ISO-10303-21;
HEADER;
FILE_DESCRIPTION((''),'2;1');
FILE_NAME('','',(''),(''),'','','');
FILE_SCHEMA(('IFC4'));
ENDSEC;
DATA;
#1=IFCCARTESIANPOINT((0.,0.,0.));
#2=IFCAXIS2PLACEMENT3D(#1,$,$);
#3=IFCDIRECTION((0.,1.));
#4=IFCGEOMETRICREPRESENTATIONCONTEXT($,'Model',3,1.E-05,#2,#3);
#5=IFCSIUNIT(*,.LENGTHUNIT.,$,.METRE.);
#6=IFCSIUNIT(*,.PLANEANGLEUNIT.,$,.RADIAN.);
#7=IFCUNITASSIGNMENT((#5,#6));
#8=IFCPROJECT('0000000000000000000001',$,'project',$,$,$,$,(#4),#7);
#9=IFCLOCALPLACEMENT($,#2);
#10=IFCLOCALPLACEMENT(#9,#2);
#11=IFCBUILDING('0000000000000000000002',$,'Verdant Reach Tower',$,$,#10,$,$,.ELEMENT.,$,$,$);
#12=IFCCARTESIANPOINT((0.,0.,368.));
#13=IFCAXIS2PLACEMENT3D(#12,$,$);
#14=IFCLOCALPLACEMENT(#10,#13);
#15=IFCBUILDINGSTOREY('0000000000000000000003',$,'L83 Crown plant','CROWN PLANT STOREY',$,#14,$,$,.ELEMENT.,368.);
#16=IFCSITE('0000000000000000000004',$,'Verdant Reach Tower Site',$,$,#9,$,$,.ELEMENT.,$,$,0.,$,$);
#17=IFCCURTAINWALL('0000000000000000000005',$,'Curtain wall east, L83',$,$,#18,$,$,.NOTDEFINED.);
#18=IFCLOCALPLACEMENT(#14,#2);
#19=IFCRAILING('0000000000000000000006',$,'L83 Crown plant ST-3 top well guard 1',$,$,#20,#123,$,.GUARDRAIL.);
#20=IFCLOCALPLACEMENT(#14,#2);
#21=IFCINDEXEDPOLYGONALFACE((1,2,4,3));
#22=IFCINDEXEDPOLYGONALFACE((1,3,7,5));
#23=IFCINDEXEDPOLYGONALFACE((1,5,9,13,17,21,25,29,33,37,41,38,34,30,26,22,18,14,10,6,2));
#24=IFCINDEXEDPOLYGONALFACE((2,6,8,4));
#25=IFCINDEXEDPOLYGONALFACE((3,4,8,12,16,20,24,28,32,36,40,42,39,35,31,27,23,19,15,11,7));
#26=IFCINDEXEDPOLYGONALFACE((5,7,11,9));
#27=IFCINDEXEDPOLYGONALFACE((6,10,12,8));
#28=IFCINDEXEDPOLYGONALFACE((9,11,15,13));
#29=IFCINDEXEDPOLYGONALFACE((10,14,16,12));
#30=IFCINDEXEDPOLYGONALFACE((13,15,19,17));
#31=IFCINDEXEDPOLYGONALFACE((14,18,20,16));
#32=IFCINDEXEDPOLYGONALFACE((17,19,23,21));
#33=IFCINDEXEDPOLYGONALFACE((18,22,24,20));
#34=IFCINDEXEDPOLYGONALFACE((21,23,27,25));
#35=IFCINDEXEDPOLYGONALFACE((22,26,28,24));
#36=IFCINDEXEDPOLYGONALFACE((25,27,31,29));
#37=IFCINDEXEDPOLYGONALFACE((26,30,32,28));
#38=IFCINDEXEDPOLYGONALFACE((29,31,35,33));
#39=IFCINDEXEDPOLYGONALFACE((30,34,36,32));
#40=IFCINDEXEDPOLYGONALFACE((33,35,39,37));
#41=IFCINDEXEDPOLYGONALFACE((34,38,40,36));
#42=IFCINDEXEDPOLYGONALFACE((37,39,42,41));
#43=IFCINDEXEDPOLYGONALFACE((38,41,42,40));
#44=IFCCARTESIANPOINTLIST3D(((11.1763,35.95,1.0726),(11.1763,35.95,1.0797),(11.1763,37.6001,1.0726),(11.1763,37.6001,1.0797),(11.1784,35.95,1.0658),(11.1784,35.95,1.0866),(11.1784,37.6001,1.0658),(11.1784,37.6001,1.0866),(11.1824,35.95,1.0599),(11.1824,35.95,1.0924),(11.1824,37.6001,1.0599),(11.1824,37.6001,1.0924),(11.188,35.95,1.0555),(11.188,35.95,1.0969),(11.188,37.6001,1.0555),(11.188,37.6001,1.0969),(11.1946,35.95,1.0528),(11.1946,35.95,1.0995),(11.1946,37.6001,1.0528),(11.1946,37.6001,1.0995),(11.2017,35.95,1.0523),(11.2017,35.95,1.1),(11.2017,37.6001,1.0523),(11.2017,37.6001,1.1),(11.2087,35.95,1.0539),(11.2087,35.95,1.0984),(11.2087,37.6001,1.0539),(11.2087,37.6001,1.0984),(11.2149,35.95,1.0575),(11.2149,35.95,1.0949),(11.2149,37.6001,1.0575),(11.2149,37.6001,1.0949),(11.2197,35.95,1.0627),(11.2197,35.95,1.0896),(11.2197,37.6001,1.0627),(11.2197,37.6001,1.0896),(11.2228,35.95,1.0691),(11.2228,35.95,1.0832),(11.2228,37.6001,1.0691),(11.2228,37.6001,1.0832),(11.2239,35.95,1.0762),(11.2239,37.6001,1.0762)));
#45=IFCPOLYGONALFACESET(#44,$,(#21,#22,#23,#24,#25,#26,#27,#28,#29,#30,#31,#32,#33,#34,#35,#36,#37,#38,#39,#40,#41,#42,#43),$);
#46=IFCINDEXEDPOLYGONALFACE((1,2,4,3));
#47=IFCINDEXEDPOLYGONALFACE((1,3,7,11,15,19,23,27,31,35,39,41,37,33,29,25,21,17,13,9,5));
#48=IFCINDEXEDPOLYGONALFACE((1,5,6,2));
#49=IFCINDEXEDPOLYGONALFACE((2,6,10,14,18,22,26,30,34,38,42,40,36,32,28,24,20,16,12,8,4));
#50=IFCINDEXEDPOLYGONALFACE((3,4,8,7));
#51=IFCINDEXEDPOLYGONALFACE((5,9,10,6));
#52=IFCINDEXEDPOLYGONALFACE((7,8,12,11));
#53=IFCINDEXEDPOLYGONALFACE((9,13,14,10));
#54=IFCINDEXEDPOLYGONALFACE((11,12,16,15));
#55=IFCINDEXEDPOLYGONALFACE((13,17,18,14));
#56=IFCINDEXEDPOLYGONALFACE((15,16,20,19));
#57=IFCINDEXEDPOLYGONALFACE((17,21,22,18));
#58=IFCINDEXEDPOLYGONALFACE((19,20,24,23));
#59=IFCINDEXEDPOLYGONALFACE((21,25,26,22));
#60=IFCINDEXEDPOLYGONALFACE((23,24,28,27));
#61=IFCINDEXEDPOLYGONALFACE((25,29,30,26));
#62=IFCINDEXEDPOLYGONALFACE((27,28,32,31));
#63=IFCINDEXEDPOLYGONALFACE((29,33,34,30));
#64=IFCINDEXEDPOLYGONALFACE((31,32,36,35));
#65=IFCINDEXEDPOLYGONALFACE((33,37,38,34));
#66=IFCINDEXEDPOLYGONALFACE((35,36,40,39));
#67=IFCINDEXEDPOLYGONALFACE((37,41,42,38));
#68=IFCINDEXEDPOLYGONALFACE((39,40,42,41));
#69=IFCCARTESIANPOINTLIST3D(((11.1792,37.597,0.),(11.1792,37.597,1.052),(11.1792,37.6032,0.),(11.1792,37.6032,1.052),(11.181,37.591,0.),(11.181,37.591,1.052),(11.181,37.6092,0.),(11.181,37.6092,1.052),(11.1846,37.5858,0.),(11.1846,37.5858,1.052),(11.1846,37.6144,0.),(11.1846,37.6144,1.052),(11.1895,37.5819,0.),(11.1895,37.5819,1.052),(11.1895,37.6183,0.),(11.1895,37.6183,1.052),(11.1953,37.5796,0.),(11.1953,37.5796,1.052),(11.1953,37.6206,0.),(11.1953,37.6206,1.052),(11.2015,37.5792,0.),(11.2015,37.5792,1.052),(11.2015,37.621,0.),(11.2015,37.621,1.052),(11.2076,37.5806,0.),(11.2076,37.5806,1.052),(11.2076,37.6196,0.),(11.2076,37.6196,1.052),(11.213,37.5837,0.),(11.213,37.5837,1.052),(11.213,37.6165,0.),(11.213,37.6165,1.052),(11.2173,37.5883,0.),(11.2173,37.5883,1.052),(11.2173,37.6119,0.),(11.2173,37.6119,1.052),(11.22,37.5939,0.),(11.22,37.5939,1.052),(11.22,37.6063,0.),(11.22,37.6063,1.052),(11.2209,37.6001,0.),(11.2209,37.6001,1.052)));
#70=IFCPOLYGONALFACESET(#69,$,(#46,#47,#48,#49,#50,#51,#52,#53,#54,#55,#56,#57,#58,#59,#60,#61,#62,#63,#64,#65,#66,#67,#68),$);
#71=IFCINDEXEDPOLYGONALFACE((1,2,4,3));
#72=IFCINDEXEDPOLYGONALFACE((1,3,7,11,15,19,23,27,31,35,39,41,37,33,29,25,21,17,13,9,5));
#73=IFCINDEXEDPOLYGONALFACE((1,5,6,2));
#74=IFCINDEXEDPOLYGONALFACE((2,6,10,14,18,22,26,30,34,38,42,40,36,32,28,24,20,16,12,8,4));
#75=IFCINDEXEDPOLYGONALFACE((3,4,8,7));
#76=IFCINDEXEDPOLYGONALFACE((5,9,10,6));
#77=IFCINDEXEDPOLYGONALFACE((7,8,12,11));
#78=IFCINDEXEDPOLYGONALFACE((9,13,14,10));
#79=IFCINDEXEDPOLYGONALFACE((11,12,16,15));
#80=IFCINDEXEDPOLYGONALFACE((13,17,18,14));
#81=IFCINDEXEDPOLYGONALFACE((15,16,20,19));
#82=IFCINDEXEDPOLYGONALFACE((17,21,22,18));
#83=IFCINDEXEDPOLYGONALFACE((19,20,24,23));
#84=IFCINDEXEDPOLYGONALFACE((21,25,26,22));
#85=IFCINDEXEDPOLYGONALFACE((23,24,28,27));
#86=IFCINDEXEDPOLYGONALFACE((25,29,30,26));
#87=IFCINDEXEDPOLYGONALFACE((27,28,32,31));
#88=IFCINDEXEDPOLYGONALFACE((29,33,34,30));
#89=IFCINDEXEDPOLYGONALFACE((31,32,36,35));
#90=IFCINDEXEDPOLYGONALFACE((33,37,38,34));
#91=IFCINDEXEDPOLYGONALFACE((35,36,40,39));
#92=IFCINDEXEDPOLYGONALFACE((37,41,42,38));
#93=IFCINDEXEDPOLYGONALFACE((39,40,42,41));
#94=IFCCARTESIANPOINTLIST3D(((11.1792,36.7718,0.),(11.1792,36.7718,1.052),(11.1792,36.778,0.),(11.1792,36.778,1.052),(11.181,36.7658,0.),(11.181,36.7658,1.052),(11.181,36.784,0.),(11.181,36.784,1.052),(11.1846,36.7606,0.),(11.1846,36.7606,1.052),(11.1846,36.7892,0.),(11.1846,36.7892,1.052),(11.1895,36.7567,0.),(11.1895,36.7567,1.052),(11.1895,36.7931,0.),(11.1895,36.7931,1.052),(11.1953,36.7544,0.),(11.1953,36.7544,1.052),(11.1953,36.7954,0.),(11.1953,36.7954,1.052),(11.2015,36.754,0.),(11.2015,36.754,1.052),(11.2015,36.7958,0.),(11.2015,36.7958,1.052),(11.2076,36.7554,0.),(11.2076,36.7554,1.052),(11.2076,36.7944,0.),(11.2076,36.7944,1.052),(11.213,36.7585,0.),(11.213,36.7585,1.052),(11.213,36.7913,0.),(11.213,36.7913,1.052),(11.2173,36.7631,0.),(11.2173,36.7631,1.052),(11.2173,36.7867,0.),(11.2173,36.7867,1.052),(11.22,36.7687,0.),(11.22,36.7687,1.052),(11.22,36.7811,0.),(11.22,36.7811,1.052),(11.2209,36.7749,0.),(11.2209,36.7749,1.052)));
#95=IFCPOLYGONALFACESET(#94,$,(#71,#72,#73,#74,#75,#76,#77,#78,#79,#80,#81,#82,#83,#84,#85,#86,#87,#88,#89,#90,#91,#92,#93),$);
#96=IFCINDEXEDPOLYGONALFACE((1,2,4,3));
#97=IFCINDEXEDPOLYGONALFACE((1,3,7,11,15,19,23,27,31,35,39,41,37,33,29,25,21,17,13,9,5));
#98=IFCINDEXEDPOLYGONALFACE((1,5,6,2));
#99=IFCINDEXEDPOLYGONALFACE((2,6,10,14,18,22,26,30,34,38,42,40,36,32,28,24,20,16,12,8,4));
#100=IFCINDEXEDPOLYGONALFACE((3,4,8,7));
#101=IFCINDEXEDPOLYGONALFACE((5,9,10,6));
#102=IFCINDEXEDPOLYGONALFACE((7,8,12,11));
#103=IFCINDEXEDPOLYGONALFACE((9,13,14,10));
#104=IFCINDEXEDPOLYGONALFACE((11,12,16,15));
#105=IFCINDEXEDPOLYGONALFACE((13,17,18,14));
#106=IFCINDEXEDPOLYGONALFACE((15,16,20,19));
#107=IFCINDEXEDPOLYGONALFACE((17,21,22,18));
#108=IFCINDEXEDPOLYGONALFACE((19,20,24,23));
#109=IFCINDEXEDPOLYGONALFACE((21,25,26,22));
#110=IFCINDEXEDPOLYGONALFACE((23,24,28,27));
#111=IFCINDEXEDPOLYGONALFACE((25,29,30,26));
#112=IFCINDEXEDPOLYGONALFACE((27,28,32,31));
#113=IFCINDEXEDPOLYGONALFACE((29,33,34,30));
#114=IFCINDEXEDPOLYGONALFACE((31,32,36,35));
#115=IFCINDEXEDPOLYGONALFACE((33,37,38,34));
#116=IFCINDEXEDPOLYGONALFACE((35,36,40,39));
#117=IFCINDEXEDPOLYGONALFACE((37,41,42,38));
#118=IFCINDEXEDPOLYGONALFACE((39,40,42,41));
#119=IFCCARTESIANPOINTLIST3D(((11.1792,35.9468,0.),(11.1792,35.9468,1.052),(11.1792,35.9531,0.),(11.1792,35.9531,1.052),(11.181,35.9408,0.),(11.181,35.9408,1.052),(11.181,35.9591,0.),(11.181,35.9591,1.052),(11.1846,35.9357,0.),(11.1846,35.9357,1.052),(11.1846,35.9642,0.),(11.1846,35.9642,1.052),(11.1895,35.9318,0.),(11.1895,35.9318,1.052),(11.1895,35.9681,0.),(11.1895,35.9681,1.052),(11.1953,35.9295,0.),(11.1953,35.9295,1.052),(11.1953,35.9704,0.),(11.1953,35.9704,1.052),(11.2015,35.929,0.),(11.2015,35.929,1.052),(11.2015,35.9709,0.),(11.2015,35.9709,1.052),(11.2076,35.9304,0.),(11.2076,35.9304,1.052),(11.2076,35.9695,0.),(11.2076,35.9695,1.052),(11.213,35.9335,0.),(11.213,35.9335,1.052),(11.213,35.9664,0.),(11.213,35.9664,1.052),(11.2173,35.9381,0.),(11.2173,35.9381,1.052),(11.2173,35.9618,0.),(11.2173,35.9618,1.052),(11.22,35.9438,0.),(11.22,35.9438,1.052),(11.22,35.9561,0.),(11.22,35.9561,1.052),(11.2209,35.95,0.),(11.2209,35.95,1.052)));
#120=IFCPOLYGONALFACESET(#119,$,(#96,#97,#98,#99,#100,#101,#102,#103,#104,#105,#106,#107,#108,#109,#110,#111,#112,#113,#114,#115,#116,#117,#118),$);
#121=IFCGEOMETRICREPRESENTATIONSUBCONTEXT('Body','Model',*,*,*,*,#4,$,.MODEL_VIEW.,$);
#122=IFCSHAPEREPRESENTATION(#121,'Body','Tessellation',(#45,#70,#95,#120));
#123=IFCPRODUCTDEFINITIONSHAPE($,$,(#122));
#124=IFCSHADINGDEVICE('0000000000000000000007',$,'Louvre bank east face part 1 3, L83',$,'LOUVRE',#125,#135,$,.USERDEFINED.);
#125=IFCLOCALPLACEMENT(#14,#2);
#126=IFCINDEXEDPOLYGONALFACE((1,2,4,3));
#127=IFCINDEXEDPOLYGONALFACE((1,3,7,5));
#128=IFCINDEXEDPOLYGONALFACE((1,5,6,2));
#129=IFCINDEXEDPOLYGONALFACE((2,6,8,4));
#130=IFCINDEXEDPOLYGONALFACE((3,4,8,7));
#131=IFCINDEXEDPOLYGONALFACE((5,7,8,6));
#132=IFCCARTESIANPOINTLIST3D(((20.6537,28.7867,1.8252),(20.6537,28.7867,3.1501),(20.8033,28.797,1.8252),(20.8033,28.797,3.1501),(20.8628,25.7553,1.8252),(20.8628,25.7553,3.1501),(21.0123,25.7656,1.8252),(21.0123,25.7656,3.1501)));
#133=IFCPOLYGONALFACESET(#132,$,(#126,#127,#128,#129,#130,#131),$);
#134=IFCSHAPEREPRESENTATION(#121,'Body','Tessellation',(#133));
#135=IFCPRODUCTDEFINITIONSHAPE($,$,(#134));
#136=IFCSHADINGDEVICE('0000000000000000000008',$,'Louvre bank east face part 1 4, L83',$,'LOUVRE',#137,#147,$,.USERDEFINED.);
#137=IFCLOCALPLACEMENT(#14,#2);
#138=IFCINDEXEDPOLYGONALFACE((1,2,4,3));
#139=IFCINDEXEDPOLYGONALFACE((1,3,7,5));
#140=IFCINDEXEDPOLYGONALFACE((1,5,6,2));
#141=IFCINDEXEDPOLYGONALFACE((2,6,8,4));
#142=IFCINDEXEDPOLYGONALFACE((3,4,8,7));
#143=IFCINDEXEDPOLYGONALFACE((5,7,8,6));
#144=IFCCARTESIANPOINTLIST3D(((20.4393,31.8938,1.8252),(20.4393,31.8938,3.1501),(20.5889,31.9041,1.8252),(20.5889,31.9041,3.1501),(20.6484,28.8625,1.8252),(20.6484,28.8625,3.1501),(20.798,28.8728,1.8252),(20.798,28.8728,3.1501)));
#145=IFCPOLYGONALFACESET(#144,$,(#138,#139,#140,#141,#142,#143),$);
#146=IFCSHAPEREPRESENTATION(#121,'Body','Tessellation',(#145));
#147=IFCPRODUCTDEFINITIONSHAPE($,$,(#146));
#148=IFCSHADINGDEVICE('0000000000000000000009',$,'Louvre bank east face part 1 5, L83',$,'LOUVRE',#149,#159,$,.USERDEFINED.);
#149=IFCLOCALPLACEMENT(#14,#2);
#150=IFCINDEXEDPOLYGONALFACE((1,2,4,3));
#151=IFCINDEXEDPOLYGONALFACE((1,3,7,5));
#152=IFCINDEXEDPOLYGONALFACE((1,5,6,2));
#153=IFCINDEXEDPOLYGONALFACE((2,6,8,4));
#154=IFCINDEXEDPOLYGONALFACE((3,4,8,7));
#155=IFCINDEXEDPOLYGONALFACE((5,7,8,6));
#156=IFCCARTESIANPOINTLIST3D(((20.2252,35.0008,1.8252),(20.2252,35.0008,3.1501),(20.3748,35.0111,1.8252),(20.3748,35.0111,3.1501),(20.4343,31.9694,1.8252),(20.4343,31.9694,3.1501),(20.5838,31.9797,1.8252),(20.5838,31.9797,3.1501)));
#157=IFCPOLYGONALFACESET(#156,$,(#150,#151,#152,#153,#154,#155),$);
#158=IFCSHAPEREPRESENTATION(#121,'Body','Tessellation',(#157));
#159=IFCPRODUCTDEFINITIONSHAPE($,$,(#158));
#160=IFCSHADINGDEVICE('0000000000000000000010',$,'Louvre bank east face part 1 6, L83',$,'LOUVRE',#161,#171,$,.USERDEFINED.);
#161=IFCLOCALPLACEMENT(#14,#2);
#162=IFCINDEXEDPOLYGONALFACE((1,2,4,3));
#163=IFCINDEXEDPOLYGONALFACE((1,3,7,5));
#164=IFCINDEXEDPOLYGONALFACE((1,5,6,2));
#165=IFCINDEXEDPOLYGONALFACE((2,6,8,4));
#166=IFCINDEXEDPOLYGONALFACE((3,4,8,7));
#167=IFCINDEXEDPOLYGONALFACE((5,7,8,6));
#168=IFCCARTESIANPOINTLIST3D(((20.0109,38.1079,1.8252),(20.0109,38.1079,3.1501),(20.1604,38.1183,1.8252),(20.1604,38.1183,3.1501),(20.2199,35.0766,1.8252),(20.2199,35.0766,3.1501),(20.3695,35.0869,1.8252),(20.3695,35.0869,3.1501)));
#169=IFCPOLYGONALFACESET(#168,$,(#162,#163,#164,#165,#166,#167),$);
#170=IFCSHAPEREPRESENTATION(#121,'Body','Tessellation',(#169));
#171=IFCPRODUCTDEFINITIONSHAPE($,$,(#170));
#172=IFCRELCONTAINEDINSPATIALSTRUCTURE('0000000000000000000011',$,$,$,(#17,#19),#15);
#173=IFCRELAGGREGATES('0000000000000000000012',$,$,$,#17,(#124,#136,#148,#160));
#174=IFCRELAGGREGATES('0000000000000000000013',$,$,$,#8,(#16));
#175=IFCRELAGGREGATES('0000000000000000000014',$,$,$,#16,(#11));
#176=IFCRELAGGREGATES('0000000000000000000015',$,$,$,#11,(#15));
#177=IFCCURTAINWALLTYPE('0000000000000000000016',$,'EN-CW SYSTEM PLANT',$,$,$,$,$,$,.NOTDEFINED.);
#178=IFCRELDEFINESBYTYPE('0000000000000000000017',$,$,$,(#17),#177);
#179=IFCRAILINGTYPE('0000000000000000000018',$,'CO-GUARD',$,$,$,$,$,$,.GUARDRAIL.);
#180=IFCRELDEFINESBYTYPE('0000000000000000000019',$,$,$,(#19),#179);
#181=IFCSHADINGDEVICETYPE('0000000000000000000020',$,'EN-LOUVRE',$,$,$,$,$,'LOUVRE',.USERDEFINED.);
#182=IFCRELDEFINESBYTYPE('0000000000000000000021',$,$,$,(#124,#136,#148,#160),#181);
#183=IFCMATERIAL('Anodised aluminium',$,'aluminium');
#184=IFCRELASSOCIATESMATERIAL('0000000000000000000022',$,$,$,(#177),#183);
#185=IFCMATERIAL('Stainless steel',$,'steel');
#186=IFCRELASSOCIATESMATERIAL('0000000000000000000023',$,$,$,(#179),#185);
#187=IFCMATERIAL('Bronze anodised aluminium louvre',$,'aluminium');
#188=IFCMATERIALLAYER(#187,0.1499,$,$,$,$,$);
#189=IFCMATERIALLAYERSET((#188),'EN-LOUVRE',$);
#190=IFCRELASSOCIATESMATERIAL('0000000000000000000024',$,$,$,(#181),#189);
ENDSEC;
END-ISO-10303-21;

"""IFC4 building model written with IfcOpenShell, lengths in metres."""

from ifc_helpers import new_model, si_unit, direction, frame, origin, origin_2d, place, context, subcontext, project, spatial, rectangle, circle, extrude, material, layer, layer_set, type_object, element, aggregate, save


model = new_model("IFC4")

# Units and contexts
model_context = context("Model", 3, precision=1e-05, world=origin(), true_north=direction((0.0, 1.0)))
body_context = subcontext(model_context, "Body", "Model", "MODEL_VIEW")
ifc_project = project(units=[si_unit("LENGTHUNIT", "METRE"), si_unit("PLANEANGLEUNIT", "RADIAN")], contexts=[model_context])

# Site, building, storey
site_placement = place(None, origin())
site = spatial("IfcSite", under=ifc_project, at=site_placement, Name="Verdant Reach Tower Site", CompositionType="ELEMENT", RefElevation=0.0)
building_placement = place(site_placement, origin())
building = spatial("IfcBuilding", under=site, at=building_placement, Name="Verdant Reach Tower", CompositionType="ELEMENT")
storey_placement = place(building_placement, frame((0.0, 0.0, 368.0)))
storey = spatial("IfcBuildingStorey", under=building, at=storey_placement, Name="L83 Crown plant", Description="CROWN PLANT STOREY", CompositionType="ELEMENT", Elevation=368.0)

# Curtain wall
ifc_material_1 = material(Name="Anodised aluminium", Category="aluminium")
curtain_wall_type = type_object("IfcCurtainWallType", Name="EN-CW SYSTEM PLANT", PredefinedType="NOTDEFINED", material=ifc_material_1)
curtain_wall_placement = place(storey_placement, origin())
curtain_wall = element("IfcCurtainWall", 1, at=curtain_wall_placement, inside=storey, type_object=curtain_wall_type, Name="Curtain wall east, L83", PredefinedType="NOTDEFINED")

# Railing
ifc_material_2 = material(Name="Stainless steel", Category="steel")
railing_type = type_object("IfcRailingType", Name="CO-GUARD", PredefinedType="GUARDRAIL", material=ifc_material_2)
railing_1_placement = place(storey_placement, frame((11.2, 37.6001, 0.0)))
element("IfcRailing", 2, at=railing_1_placement, inside=storey, type_object=railing_type, Name="L83 Crown plant ST-3 top well guard 1", PredefinedType="GUARDRAIL", context=body_context, shape_type="SweptSolid", body=[
    extrude(circle(Radius=0.0239, at=origin_2d()), frame((0.0, 0.0, 1.0762), z_axis=(0.0, -1.0, 0.0), x_axis=(1.0, 0.0, 0.0)), (0.0, 0.0, 1.0), 1.6501),
    extrude(circle(Radius=0.021, at=origin_2d()), origin(), (0.0, 0.0, 1.0), 1.052),
    extrude(circle(Radius=0.021, at=origin_2d()), frame((0.0, -0.8252, 0.0)), (0.0, 0.0, 1.0), 1.052),
    extrude(circle(Radius=0.021, at=origin_2d()), frame((0.0, -1.6501, 0.0)), (0.0, 0.0, 1.0), 1.052),
])

# Shading devices
ifc_material_3 = material(Name="Bronze anodised aluminium louvre", Category="aluminium")
ifc_layer_1 = layer(ifc_material_3, 0.1499)
ifc_layer_set_1 = layer_set([ifc_layer_1], Name="EN-LOUVRE")
shading_device_type = type_object("IfcShadingDeviceType", Name="EN-LOUVRE", ElementType="LOUVRE", PredefinedType="USERDEFINED", material=ifc_layer_set_1)
shading_device_1_placement = place(storey_placement, frame((20.833, 27.2761, 1.8252), z_axis=(0.0, 0.0, 1.0), x_axis=(-0.068802, 0.99763, 0.0)))
shading_device_1 = element("IfcShadingDevice", 3, at=shading_device_1_placement, type_object=shading_device_type, Name="Louvre bank east face part 1 3, L83", ObjectType="LOUVRE", PredefinedType="USERDEFINED", context=body_context, shape_type="SweptSolid", body=[
    extrude(rectangle(XDim=3.0386, YDim=0.1499, at=origin_2d()), origin(), (0.0, 0.0, 1.0), 1.325),
])
shading_device_2_placement = place(storey_placement, frame((20.6187, 30.3833, 1.8252), z_axis=(0.0, 0.0, 1.0), x_axis=(-0.068802, 0.99763, 0.0)))
shading_device_2 = element("IfcShadingDevice", 4, at=shading_device_2_placement, type_object=shading_device_type, Name="Louvre bank east face part 1 4, L83", ObjectType="LOUVRE", PredefinedType="USERDEFINED", context=body_context, shape_type="SweptSolid", body=[
    extrude(rectangle(XDim=3.0386, YDim=0.1499, at=origin_2d()), origin(), (0.0, 0.0, 1.0), 1.325),
])
shading_device_3_placement = place(storey_placement, frame((20.4045, 33.4902, 1.8252), z_axis=(0.0, 0.0, 1.0), x_axis=(-0.068802, 0.99763, 0.0)))
shading_device_3 = element("IfcShadingDevice", 5, at=shading_device_3_placement, type_object=shading_device_type, Name="Louvre bank east face part 1 5, L83", ObjectType="LOUVRE", PredefinedType="USERDEFINED", context=body_context, shape_type="SweptSolid", body=[
    extrude(rectangle(XDim=3.0386, YDim=0.1499, at=origin_2d()), origin(), (0.0, 0.0, 1.0), 1.325),
])
shading_device_4_placement = place(storey_placement, frame((20.1902, 36.5974, 1.8252), z_axis=(0.0, 0.0, 1.0), x_axis=(-0.068802, 0.99763, 0.0)))
shading_device_4 = element("IfcShadingDevice", 6, at=shading_device_4_placement, type_object=shading_device_type, Name="Louvre bank east face part 1 6, L83", ObjectType="LOUVRE", PredefinedType="USERDEFINED", context=body_context, shape_type="SweptSolid", body=[
    extrude(rectangle(XDim=3.0386, YDim=0.1499, at=origin_2d()), origin(), (0.0, 0.0, 1.0), 1.325),
])
aggregate(curtain_wall, [shading_device_1, shading_device_2, shading_device_3, shading_device_4])

save(model, "model.ifc")
